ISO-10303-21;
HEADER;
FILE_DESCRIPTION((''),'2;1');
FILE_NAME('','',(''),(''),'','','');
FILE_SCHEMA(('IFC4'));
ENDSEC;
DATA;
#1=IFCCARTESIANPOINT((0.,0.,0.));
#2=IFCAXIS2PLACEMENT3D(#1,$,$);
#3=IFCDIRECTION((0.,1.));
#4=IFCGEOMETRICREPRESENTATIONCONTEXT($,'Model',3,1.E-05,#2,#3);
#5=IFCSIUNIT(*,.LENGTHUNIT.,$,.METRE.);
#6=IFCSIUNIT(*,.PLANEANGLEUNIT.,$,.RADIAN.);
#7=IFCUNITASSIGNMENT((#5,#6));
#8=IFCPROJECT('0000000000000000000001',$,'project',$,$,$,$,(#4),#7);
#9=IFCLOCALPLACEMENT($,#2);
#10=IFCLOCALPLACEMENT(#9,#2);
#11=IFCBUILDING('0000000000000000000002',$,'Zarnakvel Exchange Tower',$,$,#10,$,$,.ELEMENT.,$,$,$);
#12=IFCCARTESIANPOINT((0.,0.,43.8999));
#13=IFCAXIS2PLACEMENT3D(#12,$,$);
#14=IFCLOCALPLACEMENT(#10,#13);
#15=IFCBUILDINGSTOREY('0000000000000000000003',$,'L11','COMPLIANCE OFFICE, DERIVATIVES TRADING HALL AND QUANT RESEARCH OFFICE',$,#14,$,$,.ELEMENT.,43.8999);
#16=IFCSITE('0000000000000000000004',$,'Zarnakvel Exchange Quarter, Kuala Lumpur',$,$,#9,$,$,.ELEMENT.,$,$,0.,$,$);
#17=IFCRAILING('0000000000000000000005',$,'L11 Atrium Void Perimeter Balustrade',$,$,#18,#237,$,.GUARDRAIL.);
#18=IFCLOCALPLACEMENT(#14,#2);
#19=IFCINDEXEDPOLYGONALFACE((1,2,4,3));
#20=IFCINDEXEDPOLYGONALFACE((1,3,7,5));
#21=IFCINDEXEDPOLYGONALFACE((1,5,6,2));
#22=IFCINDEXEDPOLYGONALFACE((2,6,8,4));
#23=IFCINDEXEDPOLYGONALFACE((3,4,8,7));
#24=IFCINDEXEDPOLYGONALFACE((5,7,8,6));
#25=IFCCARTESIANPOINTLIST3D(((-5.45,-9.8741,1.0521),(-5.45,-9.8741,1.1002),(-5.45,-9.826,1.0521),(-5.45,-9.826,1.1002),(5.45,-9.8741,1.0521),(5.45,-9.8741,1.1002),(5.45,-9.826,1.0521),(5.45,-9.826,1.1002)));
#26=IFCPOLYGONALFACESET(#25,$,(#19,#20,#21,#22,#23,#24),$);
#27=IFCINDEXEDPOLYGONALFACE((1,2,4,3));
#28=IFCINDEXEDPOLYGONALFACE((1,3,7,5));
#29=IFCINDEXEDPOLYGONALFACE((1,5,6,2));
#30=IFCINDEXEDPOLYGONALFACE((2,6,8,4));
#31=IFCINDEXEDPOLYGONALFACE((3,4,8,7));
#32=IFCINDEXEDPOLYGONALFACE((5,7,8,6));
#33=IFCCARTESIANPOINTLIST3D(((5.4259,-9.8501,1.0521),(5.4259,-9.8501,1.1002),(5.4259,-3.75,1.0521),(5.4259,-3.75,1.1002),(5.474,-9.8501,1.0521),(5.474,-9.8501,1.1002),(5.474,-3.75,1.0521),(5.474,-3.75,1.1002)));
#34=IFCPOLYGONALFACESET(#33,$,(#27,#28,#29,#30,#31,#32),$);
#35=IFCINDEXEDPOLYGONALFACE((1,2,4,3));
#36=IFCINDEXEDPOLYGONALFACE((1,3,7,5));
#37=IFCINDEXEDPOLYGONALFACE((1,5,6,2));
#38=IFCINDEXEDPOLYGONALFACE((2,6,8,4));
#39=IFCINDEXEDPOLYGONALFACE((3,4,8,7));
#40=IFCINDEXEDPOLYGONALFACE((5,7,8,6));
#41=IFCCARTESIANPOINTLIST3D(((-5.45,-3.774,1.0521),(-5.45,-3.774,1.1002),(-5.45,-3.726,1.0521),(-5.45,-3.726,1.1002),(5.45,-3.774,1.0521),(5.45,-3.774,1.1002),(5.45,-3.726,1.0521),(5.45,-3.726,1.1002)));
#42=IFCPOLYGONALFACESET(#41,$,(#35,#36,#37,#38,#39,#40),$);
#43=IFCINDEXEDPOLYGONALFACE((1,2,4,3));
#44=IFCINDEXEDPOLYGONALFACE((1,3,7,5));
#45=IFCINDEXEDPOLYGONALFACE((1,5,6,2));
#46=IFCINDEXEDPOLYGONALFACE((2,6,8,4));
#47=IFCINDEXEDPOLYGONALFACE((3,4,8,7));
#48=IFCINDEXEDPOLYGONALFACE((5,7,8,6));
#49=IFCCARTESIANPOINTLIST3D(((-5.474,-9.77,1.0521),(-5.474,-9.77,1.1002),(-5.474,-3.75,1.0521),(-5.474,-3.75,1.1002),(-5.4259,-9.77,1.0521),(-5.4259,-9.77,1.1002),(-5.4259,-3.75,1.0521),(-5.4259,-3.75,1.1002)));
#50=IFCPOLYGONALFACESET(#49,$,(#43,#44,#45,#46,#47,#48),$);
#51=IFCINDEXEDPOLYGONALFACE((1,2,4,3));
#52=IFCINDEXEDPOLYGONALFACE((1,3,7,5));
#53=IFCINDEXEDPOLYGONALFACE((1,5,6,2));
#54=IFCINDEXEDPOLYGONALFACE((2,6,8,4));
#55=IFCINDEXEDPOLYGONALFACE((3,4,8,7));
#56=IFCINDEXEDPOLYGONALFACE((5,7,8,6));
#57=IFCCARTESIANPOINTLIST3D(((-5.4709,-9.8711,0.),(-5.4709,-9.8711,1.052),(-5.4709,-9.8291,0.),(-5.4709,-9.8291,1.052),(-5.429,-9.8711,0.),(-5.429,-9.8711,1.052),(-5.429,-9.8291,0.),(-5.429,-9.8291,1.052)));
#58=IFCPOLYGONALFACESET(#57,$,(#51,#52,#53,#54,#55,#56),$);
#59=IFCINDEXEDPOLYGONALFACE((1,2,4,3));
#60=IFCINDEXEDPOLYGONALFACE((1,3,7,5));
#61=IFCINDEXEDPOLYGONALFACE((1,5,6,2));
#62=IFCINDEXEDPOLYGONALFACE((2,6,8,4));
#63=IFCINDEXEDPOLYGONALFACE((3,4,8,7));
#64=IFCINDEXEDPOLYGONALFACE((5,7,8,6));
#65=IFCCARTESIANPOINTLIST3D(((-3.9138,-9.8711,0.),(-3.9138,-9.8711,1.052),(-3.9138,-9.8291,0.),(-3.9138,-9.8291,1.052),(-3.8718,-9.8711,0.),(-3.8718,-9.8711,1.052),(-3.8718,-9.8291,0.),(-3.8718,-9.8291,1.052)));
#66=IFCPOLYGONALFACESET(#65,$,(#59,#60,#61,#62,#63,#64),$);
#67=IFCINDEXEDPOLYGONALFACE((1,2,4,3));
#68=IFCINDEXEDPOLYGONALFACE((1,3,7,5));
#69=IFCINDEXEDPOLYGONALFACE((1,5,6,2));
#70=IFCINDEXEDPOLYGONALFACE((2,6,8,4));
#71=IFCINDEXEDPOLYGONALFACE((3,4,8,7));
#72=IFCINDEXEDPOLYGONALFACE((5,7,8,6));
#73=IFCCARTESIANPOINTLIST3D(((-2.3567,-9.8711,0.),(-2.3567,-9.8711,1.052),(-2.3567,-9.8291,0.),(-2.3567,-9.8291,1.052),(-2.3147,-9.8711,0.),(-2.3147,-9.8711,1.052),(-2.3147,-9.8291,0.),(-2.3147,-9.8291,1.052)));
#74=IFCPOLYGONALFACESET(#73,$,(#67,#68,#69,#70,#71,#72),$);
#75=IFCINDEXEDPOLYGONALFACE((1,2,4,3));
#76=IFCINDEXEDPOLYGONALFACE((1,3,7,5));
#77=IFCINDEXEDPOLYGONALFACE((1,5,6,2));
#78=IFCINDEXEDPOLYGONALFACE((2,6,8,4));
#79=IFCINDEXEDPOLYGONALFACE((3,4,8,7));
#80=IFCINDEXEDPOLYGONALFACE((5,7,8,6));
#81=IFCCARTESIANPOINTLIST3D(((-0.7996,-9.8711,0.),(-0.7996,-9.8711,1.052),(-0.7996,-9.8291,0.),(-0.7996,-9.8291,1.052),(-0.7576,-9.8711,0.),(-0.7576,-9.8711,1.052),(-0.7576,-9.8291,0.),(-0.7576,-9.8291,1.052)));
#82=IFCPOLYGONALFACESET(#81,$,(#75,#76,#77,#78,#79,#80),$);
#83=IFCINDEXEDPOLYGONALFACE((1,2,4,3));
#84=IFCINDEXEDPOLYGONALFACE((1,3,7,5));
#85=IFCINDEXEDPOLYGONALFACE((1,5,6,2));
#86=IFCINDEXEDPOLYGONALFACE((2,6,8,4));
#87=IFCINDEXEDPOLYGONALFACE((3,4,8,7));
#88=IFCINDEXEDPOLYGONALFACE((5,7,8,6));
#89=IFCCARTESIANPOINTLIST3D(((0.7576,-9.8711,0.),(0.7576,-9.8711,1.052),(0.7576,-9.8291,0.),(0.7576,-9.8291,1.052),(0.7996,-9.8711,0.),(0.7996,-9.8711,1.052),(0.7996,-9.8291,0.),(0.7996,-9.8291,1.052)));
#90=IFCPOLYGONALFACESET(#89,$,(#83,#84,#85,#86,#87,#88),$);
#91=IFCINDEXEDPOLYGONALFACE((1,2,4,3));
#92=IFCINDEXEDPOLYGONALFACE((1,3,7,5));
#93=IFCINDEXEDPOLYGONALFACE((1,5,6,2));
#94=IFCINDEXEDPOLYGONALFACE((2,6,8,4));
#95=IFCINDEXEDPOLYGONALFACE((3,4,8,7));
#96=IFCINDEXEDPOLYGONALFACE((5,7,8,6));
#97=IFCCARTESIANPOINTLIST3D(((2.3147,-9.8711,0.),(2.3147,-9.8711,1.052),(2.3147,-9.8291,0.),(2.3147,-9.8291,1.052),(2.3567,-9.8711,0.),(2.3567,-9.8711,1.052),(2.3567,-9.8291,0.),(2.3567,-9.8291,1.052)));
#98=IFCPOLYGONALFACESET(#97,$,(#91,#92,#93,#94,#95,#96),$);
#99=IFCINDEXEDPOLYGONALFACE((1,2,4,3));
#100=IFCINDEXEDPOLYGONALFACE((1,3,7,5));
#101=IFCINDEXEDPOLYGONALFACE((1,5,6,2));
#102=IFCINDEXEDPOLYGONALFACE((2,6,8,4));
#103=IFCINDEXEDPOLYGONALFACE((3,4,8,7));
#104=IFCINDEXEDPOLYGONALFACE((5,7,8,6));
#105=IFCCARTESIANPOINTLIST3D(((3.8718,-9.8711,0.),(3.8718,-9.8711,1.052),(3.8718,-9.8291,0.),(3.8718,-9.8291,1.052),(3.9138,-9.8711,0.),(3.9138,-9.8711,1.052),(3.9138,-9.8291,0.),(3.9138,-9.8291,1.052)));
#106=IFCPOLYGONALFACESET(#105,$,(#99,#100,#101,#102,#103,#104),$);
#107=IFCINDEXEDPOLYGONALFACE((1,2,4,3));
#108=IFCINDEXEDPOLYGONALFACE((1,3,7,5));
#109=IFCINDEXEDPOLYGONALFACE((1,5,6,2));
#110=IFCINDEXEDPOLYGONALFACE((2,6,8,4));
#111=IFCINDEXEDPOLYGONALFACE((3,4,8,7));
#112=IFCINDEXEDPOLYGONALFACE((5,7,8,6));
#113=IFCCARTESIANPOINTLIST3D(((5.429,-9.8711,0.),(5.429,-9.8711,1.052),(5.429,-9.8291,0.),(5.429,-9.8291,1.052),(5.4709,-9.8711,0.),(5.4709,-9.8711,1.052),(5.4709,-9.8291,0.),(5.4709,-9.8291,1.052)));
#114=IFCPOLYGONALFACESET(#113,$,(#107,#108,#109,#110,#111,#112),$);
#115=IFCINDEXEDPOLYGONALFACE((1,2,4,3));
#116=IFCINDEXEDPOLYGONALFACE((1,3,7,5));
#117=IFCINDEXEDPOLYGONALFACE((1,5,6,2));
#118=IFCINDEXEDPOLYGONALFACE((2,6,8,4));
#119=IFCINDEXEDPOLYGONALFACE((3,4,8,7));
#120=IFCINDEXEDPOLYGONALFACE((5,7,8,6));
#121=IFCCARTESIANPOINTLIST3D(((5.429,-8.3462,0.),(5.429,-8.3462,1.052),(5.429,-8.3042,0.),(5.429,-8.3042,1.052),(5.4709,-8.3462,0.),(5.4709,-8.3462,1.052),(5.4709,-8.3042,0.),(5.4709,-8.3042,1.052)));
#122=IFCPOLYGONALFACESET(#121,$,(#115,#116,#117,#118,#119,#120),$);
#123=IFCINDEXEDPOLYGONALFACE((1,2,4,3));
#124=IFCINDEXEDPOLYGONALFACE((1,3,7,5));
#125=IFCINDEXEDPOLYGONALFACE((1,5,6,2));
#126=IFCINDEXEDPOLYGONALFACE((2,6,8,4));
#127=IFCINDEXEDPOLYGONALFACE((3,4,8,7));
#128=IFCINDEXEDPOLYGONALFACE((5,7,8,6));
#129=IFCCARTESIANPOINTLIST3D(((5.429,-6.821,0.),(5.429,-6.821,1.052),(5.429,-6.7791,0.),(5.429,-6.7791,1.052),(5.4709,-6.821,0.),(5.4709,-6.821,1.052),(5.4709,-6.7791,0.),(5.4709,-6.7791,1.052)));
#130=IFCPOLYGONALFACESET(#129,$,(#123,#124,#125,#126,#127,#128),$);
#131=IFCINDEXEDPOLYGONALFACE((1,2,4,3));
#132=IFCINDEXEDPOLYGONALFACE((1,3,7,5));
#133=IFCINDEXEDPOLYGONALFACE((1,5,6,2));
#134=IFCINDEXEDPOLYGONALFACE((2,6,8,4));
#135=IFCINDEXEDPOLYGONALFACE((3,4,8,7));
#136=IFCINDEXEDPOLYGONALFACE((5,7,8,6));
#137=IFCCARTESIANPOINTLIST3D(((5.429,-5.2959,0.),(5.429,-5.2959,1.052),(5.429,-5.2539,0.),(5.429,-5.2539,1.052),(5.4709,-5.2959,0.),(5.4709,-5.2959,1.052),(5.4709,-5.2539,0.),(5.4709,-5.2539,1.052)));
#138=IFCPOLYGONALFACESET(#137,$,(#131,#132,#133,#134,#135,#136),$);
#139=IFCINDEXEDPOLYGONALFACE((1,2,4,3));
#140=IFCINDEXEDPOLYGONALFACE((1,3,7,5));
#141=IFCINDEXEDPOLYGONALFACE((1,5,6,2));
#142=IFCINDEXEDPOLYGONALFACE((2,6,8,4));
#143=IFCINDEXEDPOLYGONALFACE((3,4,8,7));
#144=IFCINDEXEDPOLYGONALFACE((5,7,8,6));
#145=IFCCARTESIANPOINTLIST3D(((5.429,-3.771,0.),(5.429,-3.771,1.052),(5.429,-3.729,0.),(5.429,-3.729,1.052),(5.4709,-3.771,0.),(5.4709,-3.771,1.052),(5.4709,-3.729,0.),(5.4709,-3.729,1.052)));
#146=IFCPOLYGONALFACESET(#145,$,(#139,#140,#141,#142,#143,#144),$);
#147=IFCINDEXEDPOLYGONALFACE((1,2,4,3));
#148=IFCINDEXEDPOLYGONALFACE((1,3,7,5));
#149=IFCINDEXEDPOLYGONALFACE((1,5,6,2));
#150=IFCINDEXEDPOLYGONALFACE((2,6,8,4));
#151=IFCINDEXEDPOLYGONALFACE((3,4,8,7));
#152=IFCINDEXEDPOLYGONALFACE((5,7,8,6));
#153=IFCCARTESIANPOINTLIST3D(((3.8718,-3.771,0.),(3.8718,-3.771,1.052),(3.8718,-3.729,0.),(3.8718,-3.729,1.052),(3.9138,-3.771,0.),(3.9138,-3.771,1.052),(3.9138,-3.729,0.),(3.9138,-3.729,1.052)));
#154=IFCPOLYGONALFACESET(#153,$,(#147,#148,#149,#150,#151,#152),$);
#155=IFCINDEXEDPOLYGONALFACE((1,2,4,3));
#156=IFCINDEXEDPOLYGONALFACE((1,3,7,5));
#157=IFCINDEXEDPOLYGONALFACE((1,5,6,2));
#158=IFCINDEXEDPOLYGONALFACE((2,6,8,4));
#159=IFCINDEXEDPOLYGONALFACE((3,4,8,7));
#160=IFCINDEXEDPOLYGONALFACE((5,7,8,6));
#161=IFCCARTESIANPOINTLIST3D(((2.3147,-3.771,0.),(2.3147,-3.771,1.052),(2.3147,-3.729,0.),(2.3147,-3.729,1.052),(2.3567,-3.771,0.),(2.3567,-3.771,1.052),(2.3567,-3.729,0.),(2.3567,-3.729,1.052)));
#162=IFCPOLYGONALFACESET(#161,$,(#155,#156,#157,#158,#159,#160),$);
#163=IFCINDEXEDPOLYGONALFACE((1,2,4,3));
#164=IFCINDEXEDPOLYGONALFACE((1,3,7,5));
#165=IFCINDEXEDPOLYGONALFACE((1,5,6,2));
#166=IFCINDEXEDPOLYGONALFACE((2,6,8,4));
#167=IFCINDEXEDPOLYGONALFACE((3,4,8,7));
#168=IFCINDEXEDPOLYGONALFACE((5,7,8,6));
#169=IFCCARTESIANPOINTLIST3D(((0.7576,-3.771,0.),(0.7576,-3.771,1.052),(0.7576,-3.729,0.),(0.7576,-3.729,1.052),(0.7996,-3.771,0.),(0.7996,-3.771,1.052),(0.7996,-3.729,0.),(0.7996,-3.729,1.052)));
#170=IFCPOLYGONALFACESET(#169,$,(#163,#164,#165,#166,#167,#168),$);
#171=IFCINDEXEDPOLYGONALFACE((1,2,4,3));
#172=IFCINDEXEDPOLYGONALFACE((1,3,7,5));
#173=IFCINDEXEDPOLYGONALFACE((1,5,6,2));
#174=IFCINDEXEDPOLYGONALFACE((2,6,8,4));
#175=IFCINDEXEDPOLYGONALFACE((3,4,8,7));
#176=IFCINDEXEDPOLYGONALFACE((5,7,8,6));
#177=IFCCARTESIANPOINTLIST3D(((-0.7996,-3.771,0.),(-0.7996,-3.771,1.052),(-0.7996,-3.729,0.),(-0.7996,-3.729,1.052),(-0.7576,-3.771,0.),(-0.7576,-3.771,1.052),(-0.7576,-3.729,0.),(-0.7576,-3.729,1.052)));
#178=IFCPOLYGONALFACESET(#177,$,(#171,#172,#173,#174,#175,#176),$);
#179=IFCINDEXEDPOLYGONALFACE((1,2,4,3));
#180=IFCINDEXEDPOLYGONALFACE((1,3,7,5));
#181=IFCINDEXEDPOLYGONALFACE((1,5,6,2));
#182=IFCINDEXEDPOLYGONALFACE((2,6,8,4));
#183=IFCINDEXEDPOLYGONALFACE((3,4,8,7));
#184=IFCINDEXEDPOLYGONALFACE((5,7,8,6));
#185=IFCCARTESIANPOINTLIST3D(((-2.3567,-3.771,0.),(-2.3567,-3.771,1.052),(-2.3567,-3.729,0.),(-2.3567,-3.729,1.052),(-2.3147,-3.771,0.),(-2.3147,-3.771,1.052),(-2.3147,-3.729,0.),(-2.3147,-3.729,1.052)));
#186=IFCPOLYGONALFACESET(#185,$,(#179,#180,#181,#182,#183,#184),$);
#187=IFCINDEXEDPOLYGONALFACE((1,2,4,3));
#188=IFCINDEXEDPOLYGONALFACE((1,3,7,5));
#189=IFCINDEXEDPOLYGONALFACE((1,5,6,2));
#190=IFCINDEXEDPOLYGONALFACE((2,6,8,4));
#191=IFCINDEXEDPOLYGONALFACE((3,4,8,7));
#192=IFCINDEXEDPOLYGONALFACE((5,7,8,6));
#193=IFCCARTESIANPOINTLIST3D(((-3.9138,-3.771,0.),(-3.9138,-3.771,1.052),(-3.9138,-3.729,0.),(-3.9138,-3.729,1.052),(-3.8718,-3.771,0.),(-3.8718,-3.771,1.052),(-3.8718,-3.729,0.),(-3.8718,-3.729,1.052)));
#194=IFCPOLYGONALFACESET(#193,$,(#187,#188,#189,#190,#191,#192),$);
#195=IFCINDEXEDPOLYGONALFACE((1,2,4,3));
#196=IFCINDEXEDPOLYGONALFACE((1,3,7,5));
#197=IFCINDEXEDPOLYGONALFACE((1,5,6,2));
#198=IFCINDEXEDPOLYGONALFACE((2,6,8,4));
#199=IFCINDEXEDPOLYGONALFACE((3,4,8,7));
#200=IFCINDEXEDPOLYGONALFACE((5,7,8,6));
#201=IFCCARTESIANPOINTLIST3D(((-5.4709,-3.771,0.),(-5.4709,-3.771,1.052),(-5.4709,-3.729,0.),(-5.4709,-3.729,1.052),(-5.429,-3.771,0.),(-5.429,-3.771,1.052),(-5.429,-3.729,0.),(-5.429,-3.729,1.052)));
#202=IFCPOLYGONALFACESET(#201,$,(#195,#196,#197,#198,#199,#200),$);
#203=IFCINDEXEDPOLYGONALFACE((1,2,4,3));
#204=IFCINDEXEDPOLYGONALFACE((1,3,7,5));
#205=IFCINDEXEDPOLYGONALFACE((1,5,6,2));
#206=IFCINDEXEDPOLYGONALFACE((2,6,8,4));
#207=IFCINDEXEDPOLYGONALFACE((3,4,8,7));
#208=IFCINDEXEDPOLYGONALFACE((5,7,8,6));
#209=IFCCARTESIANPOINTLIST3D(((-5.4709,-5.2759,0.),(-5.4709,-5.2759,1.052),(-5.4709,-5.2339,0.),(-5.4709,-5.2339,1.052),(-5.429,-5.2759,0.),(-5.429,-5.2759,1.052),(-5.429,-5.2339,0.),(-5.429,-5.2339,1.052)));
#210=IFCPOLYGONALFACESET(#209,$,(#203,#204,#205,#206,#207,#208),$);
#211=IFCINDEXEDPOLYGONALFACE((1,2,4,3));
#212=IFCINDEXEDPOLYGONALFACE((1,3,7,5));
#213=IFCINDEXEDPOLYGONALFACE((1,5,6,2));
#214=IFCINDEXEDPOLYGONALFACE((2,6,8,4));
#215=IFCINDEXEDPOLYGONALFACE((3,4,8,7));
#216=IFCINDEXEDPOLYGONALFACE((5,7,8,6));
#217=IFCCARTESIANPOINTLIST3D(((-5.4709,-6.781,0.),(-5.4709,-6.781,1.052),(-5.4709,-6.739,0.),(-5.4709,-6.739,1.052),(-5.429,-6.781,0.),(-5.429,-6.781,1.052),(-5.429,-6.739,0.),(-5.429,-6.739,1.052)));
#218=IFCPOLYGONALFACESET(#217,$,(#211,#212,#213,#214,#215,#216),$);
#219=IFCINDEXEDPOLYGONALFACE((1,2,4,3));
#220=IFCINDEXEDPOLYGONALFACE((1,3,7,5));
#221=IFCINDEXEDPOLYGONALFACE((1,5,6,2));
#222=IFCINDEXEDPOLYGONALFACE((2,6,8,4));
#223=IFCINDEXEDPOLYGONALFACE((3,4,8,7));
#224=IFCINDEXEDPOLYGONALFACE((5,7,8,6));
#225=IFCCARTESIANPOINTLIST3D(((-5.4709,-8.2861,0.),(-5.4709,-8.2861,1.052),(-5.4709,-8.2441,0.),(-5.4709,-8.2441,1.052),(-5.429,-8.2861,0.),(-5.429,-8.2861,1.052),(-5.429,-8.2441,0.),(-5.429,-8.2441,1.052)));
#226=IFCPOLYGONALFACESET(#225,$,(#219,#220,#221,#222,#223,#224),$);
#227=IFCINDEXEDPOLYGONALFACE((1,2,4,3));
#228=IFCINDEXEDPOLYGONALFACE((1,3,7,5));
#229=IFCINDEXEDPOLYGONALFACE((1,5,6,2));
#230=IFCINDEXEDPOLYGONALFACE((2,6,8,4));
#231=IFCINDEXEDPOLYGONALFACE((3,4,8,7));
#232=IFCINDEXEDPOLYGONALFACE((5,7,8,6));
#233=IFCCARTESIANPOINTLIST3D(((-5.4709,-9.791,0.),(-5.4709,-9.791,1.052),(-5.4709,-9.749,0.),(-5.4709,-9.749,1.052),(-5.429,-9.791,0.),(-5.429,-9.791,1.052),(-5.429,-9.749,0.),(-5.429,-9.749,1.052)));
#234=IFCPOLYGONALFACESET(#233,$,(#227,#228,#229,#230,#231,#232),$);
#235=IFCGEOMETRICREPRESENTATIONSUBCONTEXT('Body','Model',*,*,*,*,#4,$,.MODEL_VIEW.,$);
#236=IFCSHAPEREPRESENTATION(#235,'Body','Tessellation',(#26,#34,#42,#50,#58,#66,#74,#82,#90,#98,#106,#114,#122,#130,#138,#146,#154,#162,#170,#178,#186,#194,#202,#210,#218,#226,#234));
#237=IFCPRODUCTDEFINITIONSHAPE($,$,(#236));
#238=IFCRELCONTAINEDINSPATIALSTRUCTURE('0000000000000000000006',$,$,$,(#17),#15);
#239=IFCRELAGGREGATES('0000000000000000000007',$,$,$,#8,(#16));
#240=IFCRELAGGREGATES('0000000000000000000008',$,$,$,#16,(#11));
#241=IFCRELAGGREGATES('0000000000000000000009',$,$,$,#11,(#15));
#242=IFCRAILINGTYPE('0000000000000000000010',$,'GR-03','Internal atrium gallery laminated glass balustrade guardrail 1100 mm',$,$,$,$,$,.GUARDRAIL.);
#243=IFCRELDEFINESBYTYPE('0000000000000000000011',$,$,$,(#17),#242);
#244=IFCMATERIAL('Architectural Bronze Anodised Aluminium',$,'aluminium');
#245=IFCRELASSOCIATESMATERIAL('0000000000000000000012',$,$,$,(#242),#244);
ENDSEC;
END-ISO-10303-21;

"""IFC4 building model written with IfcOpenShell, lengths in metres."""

from ifc_helpers import new_model, si_unit, direction, frame, origin, origin_2d, place, context, subcontext, project, spatial, rectangle, extrude, material, type_object, element, save


model = new_model("IFC4")

# Units and contexts
model_context = context("Model", 3, precision=1e-05, world=origin(), true_north=direction((0.0, 1.0)))
body_context = subcontext(model_context, "Body", "Model", "MODEL_VIEW")
ifc_project = project(units=[si_unit("LENGTHUNIT", "METRE"), si_unit("PLANEANGLEUNIT", "RADIAN")], contexts=[model_context])

# Site, building, storey
site_placement = place(None, origin())
site = spatial("IfcSite", under=ifc_project, at=site_placement, Name="Zarnakvel Exchange Quarter, Kuala Lumpur", CompositionType="ELEMENT", RefElevation=0.0)
building_placement = place(site_placement, origin())
building = spatial("IfcBuilding", under=site, at=building_placement, Name="Zarnakvel Exchange Tower", CompositionType="ELEMENT")
storey_placement = place(building_placement, frame((0.0, 0.0, 43.8999)))
storey = spatial("IfcBuildingStorey", under=building, at=storey_placement, Name="L11", Description="COMPLIANCE OFFICE, DERIVATIVES TRADING HALL AND QUANT RESEARCH OFFICE", CompositionType="ELEMENT", Elevation=43.8999)

# Shared definitions
ifc_material_1 = material(Name="Architectural Bronze Anodised Aluminium", Category="aluminium")

# Railing
railing_type_1 = type_object("IfcRailingType", Name="GR-03", Description="Internal atrium gallery laminated glass balustrade guardrail 1100 mm", PredefinedType="GUARDRAIL", material=ifc_material_1)
railing_1_placement = place(storey_placement, frame((-5.45, -9.8501, 0.0)))
element("IfcRailing", 1, at=railing_1_placement, inside=storey, type_object=railing_type_1, Name="L11 Atrium Void Perimeter Balustrade", PredefinedType="GUARDRAIL", context=body_context, shape_type="SweptSolid", body=[
    extrude(rectangle(XDim=0.0481, YDim=0.0481, at=origin_2d()), frame((0.0, 0.0, 1.0762), z_axis=(1.0, 0.0, 0.0), x_axis=(0.0, 1.0, 0.0)), (0.0, 0.0, 1.0), 10.8999),
    extrude(rectangle(XDim=0.0481, YDim=0.0481, at=origin_2d()), frame((10.8999, 0.0, 1.0762), z_axis=(0.0, 1.0, 0.0), x_axis=(-1.0, 0.0, 0.0)), (0.0, 0.0, 1.0), 6.1001),
    extrude(rectangle(XDim=0.0481, YDim=0.0481, at=origin_2d()), frame((10.8999, 6.1001, 1.0762), z_axis=(-1.0, 0.0, 0.0), x_axis=(0.0, -1.0, 0.0)), (0.0, 0.0, 1.0), 10.8999),
    extrude(rectangle(XDim=0.0481, YDim=0.0481, at=origin_2d()), frame((0.0, 6.1001, 1.0762), z_axis=(0.0, -1.0, 0.0), x_axis=(1.0, 0.0, 0.0)), (0.0, 0.0, 1.0), 6.02),
    extrude(rectangle(XDim=0.042, YDim=0.042, at=origin_2d()), origin(), (0.0, 0.0, 1.0), 1.052),
    extrude(rectangle(XDim=0.042, YDim=0.042, at=origin_2d()), frame((1.5571, 0.0, 0.0)), (0.0, 0.0, 1.0), 1.052),
    extrude(rectangle(XDim=0.042, YDim=0.042, at=origin_2d()), frame((3.1143, 0.0, 0.0)), (0.0, 0.0, 1.0), 1.052),
    extrude(rectangle(XDim=0.042, YDim=0.042, at=origin_2d()), frame((4.6714, 0.0, 0.0)), (0.0, 0.0, 1.0), 1.052),
    extrude(rectangle(XDim=0.042, YDim=0.042, at=origin_2d()), frame((6.2285, 0.0, 0.0)), (0.0, 0.0, 1.0), 1.052),
    extrude(rectangle(XDim=0.042, YDim=0.042, at=origin_2d()), frame((7.7856, 0.0, 0.0)), (0.0, 0.0, 1.0), 1.052),
    extrude(rectangle(XDim=0.042, YDim=0.042, at=origin_2d()), frame((9.3428, 0.0, 0.0)), (0.0, 0.0, 1.0), 1.052),
    extrude(rectangle(XDim=0.042, YDim=0.042, at=origin_2d()), frame((10.8999, 0.0, 0.0)), (0.0, 0.0, 1.0), 1.052),
    extrude(rectangle(XDim=0.042, YDim=0.042, at=origin_2d()), frame((10.8999, 1.5249, 0.0)), (0.0, 0.0, 1.0), 1.052),
    extrude(rectangle(XDim=0.042, YDim=0.042, at=origin_2d()), frame((10.8999, 3.05, 0.0)), (0.0, 0.0, 1.0), 1.052),
    extrude(rectangle(XDim=0.042, YDim=0.042, at=origin_2d()), frame((10.8999, 4.5752, 0.0)), (0.0, 0.0, 1.0), 1.052),
    extrude(rectangle(XDim=0.042, YDim=0.042, at=origin_2d()), frame((10.8999, 6.1001, 0.0)), (0.0, 0.0, 1.0), 1.052),
    extrude(rectangle(XDim=0.042, YDim=0.042, at=origin_2d()), frame((9.3428, 6.1001, 0.0)), (0.0, 0.0, 1.0), 1.052),
    extrude(rectangle(XDim=0.042, YDim=0.042, at=origin_2d()), frame((7.7856, 6.1001, 0.0)), (0.0, 0.0, 1.0), 1.052),
    extrude(rectangle(XDim=0.042, YDim=0.042, at=origin_2d()), frame((6.2285, 6.1001, 0.0)), (0.0, 0.0, 1.0), 1.052),
    extrude(rectangle(XDim=0.042, YDim=0.042, at=origin_2d()), frame((4.6714, 6.1001, 0.0)), (0.0, 0.0, 1.0), 1.052),
    extrude(rectangle(XDim=0.042, YDim=0.042, at=origin_2d()), frame((3.1143, 6.1001, 0.0)), (0.0, 0.0, 1.0), 1.052),
    extrude(rectangle(XDim=0.042, YDim=0.042, at=origin_2d()), frame((1.5571, 6.1001, 0.0)), (0.0, 0.0, 1.0), 1.052),
    extrude(rectangle(XDim=0.042, YDim=0.042, at=origin_2d()), frame((0.0, 6.1001, 0.0)), (0.0, 0.0, 1.0), 1.052),
    extrude(rectangle(XDim=0.042, YDim=0.042, at=origin_2d()), frame((0.0, 4.5952, 0.0)), (0.0, 0.0, 1.0), 1.052),
    extrude(rectangle(XDim=0.042, YDim=0.042, at=origin_2d()), frame((0.0, 3.0901, 0.0)), (0.0, 0.0, 1.0), 1.052),
    extrude(rectangle(XDim=0.042, YDim=0.042, at=origin_2d()), frame((0.0, 1.585, 0.0)), (0.0, 0.0, 1.0), 1.052),
    extrude(rectangle(XDim=0.042, YDim=0.042, at=origin_2d()), frame((0.0, 0.0801, 0.0)), (0.0, 0.0, 1.0), 1.052),
])

save(model, "model.ifc")
